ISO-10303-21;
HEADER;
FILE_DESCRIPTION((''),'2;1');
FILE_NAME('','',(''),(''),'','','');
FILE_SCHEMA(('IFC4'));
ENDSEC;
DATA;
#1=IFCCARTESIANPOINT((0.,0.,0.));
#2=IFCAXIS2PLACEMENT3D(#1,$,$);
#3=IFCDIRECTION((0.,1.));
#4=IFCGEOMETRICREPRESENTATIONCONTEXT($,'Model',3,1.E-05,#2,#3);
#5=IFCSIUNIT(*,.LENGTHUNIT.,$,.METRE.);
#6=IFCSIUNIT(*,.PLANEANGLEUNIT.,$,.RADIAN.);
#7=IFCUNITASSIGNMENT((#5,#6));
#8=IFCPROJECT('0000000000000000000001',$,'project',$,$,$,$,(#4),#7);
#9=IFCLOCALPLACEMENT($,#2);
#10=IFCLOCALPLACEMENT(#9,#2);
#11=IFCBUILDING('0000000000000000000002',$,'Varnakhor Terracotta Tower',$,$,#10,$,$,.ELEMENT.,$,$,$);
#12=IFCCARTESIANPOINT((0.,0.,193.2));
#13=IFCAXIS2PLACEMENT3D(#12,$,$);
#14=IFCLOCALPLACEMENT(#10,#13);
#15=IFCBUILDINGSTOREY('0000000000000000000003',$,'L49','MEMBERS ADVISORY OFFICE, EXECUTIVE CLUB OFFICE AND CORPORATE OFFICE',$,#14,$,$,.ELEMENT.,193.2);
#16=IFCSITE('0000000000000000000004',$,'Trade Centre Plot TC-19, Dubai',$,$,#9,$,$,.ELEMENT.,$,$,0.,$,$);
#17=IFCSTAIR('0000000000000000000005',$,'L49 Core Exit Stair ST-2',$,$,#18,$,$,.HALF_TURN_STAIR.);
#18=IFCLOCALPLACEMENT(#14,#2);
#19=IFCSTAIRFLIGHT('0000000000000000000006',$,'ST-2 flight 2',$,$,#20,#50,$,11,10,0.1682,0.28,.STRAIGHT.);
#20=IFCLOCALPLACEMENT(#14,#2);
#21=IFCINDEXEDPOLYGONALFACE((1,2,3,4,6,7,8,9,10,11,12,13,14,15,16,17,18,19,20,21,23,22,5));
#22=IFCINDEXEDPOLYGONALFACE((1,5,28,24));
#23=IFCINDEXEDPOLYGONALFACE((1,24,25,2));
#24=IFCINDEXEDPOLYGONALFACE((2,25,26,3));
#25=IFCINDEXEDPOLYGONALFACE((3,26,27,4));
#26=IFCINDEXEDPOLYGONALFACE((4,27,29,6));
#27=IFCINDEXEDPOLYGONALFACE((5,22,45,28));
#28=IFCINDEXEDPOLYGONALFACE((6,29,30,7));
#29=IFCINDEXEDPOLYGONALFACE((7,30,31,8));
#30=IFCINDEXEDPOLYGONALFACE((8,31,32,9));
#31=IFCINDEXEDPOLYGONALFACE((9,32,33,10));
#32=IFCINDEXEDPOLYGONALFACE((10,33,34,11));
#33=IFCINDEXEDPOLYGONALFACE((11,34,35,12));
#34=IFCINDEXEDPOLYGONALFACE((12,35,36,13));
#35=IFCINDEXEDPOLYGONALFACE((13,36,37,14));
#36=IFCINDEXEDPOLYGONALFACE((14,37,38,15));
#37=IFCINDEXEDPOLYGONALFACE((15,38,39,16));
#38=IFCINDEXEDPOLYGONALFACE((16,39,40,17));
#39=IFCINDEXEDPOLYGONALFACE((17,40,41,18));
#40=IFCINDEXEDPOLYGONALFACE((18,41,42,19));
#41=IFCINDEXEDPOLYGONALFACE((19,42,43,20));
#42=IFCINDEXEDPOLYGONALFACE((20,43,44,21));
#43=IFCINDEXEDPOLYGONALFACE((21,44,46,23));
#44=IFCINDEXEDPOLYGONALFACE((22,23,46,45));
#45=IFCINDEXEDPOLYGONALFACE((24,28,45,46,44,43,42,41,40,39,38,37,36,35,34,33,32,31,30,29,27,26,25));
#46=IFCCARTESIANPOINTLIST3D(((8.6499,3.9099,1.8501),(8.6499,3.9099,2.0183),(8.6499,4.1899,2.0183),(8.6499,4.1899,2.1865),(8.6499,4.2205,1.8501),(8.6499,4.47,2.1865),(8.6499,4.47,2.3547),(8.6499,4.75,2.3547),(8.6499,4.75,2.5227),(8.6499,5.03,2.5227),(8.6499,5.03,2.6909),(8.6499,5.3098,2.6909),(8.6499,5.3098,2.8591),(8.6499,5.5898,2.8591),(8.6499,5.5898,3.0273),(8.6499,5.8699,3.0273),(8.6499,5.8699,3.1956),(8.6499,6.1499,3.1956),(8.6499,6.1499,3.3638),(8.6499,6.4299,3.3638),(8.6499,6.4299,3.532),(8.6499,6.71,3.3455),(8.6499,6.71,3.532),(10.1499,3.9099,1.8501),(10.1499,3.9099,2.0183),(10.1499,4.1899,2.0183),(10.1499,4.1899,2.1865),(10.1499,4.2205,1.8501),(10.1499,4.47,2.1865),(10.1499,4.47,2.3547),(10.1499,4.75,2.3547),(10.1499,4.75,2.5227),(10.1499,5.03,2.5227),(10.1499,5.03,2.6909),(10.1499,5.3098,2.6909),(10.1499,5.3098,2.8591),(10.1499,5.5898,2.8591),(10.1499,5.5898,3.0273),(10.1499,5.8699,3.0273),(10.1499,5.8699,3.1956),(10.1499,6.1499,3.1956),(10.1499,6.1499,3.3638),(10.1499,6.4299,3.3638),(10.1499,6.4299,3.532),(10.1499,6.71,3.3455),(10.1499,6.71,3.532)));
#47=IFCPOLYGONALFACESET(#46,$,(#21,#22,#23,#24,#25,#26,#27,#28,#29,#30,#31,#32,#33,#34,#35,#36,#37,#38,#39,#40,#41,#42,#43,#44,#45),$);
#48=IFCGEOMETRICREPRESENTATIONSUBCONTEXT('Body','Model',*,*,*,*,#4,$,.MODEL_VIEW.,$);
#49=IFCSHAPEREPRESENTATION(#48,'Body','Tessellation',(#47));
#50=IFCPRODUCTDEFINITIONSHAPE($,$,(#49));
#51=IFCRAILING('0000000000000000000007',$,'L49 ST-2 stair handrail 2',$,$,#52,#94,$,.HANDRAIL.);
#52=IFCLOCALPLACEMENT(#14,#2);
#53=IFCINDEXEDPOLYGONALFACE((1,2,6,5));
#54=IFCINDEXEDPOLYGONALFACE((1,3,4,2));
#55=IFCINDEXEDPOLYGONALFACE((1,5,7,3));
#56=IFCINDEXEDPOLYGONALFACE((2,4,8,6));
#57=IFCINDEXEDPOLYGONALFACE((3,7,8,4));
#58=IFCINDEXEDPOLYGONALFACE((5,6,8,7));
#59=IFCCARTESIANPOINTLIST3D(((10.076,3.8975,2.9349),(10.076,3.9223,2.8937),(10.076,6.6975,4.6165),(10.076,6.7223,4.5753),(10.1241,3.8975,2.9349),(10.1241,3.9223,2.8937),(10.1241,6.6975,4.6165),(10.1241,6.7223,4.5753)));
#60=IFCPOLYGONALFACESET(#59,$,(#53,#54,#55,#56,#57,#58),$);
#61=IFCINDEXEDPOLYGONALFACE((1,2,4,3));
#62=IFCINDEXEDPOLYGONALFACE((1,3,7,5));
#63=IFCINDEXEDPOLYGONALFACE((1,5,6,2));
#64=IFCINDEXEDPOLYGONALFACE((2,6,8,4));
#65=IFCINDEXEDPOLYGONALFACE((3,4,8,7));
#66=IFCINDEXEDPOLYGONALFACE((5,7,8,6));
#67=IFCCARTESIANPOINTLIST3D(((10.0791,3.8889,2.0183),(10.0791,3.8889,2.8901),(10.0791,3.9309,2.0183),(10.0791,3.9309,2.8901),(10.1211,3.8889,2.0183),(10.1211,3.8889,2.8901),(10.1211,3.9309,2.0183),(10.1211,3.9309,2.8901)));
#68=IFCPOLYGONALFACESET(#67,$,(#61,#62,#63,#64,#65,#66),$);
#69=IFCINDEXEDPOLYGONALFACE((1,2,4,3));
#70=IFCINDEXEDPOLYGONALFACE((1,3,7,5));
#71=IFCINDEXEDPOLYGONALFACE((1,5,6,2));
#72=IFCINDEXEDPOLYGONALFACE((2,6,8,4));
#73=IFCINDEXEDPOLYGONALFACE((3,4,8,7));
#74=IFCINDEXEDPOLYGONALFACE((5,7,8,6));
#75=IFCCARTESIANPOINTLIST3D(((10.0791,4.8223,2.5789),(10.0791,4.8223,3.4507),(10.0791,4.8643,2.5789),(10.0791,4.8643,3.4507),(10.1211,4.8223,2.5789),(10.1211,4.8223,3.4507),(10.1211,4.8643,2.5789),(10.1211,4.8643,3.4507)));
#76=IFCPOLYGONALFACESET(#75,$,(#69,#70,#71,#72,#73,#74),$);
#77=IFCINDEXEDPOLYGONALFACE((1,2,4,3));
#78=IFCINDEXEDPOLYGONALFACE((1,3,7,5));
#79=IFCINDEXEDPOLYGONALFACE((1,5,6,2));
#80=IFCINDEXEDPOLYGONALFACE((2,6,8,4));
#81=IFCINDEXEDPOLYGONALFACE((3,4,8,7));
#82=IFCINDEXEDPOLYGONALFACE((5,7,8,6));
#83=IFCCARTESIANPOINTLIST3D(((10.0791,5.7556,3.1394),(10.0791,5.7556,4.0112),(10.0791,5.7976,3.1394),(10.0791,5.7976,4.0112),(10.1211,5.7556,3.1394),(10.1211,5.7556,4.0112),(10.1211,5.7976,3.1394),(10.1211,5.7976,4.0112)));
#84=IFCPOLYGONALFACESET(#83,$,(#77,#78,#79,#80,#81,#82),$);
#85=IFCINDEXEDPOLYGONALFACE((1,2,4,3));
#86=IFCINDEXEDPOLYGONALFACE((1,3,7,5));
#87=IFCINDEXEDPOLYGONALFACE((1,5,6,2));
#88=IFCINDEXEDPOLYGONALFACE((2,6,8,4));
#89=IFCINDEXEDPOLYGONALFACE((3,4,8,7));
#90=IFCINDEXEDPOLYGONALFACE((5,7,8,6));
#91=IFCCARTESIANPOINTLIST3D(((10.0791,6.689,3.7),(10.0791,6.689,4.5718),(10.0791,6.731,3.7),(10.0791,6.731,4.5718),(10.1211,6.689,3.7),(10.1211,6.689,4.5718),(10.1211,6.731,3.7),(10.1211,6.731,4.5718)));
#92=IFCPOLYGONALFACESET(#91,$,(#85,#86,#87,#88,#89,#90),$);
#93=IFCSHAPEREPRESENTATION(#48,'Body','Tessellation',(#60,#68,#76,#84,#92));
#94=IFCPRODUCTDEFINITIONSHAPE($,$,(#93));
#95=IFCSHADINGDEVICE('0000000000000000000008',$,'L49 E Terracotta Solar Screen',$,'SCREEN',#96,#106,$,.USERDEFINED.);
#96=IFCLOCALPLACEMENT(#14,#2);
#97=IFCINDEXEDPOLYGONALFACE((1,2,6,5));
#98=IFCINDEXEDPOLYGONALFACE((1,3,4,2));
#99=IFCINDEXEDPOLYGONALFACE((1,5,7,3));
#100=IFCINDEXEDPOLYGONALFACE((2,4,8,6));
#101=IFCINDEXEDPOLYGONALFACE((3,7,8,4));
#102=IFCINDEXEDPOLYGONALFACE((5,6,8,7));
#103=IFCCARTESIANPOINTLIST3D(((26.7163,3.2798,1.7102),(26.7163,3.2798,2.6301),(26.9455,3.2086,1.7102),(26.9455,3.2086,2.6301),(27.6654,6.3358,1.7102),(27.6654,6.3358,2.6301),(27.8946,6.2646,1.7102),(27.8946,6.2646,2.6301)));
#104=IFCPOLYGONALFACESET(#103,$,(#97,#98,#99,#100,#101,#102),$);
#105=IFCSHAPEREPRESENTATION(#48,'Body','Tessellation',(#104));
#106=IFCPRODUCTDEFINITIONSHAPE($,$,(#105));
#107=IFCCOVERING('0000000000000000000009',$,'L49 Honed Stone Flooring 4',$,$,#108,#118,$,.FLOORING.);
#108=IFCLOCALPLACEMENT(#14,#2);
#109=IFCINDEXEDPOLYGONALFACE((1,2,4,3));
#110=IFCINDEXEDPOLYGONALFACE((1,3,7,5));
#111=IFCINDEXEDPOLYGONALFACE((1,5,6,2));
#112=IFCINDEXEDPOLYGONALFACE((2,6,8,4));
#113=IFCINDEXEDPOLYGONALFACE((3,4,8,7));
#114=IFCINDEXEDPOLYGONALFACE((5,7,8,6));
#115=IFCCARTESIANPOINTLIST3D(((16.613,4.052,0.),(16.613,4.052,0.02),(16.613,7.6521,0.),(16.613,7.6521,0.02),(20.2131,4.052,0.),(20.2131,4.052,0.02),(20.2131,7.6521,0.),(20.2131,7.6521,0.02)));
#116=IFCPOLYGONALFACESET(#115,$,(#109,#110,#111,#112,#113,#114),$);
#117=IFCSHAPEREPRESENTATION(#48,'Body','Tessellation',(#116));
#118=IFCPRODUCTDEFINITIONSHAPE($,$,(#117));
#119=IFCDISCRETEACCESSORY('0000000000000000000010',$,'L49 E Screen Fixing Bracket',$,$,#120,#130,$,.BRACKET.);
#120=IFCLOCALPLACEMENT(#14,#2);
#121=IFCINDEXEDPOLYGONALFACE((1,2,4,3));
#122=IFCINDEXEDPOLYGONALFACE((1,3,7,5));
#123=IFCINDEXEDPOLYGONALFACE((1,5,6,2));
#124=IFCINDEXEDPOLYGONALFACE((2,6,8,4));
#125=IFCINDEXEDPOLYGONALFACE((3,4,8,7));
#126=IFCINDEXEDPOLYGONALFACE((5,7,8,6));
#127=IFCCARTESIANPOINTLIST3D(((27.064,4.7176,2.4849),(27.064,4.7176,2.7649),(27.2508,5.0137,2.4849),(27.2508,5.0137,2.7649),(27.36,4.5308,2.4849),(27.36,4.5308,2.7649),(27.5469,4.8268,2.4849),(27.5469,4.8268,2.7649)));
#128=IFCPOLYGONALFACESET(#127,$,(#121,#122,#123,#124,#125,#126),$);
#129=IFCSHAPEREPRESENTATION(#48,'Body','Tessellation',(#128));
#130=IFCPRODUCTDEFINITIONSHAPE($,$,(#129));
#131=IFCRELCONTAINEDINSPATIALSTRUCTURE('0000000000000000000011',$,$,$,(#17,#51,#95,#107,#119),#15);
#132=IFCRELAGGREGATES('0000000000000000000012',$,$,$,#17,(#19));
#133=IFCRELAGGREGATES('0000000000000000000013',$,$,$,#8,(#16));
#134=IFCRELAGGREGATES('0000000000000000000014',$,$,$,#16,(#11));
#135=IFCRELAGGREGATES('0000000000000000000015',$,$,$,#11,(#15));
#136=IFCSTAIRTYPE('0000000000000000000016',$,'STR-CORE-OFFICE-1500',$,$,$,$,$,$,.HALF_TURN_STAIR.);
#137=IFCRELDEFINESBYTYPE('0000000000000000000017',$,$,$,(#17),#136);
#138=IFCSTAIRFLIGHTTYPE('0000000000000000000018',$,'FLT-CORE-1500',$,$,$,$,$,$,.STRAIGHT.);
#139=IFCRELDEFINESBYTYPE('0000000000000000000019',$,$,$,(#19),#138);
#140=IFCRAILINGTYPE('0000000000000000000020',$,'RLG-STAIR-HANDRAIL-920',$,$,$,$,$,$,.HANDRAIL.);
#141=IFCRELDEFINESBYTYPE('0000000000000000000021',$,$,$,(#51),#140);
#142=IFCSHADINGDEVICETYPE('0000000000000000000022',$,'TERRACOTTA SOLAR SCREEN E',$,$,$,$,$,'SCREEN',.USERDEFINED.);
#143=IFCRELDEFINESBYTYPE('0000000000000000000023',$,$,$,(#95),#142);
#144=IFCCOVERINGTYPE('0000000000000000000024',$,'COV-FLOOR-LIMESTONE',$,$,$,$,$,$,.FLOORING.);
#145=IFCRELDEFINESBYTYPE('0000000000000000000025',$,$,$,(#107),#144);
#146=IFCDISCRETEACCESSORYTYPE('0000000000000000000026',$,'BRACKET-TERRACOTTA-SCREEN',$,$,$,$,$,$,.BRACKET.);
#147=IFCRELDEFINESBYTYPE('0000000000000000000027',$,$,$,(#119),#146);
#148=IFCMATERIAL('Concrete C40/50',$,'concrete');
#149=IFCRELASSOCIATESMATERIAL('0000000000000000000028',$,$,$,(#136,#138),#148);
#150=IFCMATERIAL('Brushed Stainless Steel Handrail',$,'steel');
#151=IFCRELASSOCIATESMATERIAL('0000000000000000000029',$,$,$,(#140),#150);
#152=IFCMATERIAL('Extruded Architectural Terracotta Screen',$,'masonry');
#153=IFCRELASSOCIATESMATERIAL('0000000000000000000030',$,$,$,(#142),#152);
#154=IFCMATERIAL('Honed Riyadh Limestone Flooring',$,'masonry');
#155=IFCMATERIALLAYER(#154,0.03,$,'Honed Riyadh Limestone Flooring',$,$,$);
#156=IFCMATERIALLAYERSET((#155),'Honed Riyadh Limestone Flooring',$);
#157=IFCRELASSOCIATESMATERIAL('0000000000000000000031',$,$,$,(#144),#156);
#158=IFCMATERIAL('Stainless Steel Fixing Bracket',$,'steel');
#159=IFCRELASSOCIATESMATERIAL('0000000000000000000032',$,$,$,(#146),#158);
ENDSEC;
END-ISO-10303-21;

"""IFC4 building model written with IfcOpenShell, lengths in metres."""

from ifc_helpers import new_model, si_unit, direction, frame, origin, origin_2d, place, context, subcontext, project, spatial, polyline, rectangle, outline, extrude, source, transform, mapped, material, layer, layer_set, type_object, type_shapes, element, aggregate, save


model = new_model("IFC4")

# Units and contexts
model_context = context("Model", 3, precision=1e-05, world=origin(), true_north=direction((0.0, 1.0)))
body_context = subcontext(model_context, "Body", "Model", "MODEL_VIEW")
ifc_project = project(units=[si_unit("LENGTHUNIT", "METRE"), si_unit("PLANEANGLEUNIT", "RADIAN")], contexts=[model_context])

# Site, building, storey
site_placement = place(None, origin())
site = spatial("IfcSite", under=ifc_project, at=site_placement, Name="Trade Centre Plot TC-19, Dubai", CompositionType="ELEMENT", RefElevation=0.0)
building_placement = place(site_placement, origin())
building = spatial("IfcBuilding", under=site, at=building_placement, Name="Varnakhor Terracotta Tower", CompositionType="ELEMENT")
storey_placement = place(building_placement, frame((0.0, 0.0, 193.2)))
storey = spatial("IfcBuildingStorey", under=building, at=storey_placement, Name="L49", Description="MEMBERS ADVISORY OFFICE, EXECUTIVE CLUB OFFICE AND CORPORATE OFFICE", CompositionType="ELEMENT", Elevation=193.2)

# Stair, stair flight
ifc_material_1 = material(Name="Concrete C40/50", Category="concrete")
stair_type = type_object("IfcStairType", Name="STR-CORE-OFFICE-1500", PredefinedType="HALF_TURN_STAIR", material=ifc_material_1)
stair_placement = place(storey_placement, origin())
stair = element("IfcStair", 1, at=stair_placement, inside=storey, type_object=stair_type, Name="L49 Core Exit Stair ST-2", PredefinedType="HALF_TURN_STAIR")
stair_flight_type = type_object("IfcStairFlightType", Name="FLT-CORE-1500", PredefinedType="STRAIGHT", material=ifc_material_1)
stair_flight_placement = place(storey_placement, frame((9.3999, 3.9099, 1.8501), z_axis=(0.0, 0.0, 1.0), x_axis=(0.0, 1.0, 0.0)))
stair_flight = element("IfcStairFlight", 2, at=stair_flight_placement, type_object=stair_flight_type, Name="ST-2 flight 2", NumberOfRisers=11, NumberOfTreads=10, PredefinedType="STRAIGHT", RiserHeight=0.1682, TreadLength=0.28, context=body_context, shape_type="SweptSolid", body=[
    extrude(outline(polyline([(0.0, 0.0), (0.0, 0.1682), (0.28, 0.1682), (0.28, 0.3364), (0.5601, 0.3364), (0.5601, 0.5046), (0.8401, 0.5046), (0.8401, 0.6726), (1.1201, 0.6726), (1.1201, 0.8408), (1.3999, 0.8408), (1.3999, 1.009), (1.6799, 1.009), (1.6799, 1.1772), (1.96, 1.1772), (1.96, 1.3455), (2.24, 1.3455), (2.24, 1.5137), (2.52, 1.5137), (2.52, 1.6819), (2.8, 1.6819), (2.8, 1.8501), (2.8, 1.4954), (0.3105, 0.0), (0.0, 0.0)])), frame((0.0, 0.75, 0.0), z_axis=(0.0, -1.0, 0.0), x_axis=(1.0, 0.0, 0.0)), (0.0, 0.0, 1.0), 1.5),
])
aggregate(stair, [stair_flight])

# Railing
ifc_material_2 = material(Name="Brushed Stainless Steel Handrail", Category="steel")
railing_type = type_object("IfcRailingType", Name="RLG-STAIR-HANDRAIL-920", PredefinedType="HANDRAIL", material=ifc_material_2)
railing_placement = place(storey_placement, frame((10.1001, 3.9099, 2.0183)))
element("IfcRailing", 3, at=railing_placement, inside=storey, type_object=railing_type, Name="L49 ST-2 stair handrail 2", PredefinedType="HANDRAIL", context=body_context, shape_type="SweptSolid", body=[
    extrude(rectangle(XDim=0.0481, YDim=0.0481, at=origin_2d()), frame((0.0, 0.0, 0.896), z_axis=(0.0, 0.857275, 0.514858), x_axis=(-1.0, 0.0, 0.0)), (0.0, 0.0, 1.0), 3.2661),
    extrude(rectangle(XDim=0.042, YDim=0.042, at=origin_2d()), origin(), (0.0, 0.0, 1.0), 0.8718),
    extrude(rectangle(XDim=0.042, YDim=0.042, at=origin_2d()), frame((0.0, 0.9333, 0.5605)), (0.0, 0.0, 1.0), 0.8718),
    extrude(rectangle(XDim=0.042, YDim=0.042, at=origin_2d()), frame((0.0, 1.8667, 1.1211)), (0.0, 0.0, 1.0), 0.8718),
    extrude(rectangle(XDim=0.042, YDim=0.042, at=origin_2d()), frame((0.0, 2.8, 1.6816)), (0.0, 0.0, 1.0), 0.8718),
])

# Shading device
ifc_material_3 = material(Name="Extruded Architectural Terracotta Screen", Category="masonry")
shading_device_type = type_object("IfcShadingDeviceType", Name="TERRACOTTA SOLAR SCREEN E", ElementType="SCREEN", PredefinedType="USERDEFINED", material=ifc_material_3)
shared_shape_1 = source(origin(), body_context, "Body", "SweptSolid", [
    extrude(rectangle(XDim=3.2, YDim=0.24, at=origin_2d()), origin(), (0.0, 0.0, 1.0), 0.9199),
])
type_shapes(shading_device_type, [shared_shape_1])
shading_device_placement = place(storey_placement, frame((27.3054, 4.7722, 1.7102), z_axis=(0.0, 0.0, 1.0), x_axis=(0.296592, 0.955004, 0.0)))
element("IfcShadingDevice", 4, at=shading_device_placement, inside=storey, type_object=shading_device_type, Name="L49 E Terracotta Solar Screen", ObjectType="SCREEN", PredefinedType="USERDEFINED", context=body_context, shape_type="MappedRepresentation", body=[
    mapped(shared_shape_1, transform((0.0, 0.0, 0.0), scale=1.0)),
])

# Covering
ifc_material_4 = material(Name="Honed Riyadh Limestone Flooring", Category="masonry")
ifc_layer_1 = layer(ifc_material_4, 0.03, Name="Honed Riyadh Limestone Flooring")
ifc_layer_set_1 = layer_set([ifc_layer_1], Name="Honed Riyadh Limestone Flooring")
covering_type = type_object("IfcCoveringType", Name="COV-FLOOR-LIMESTONE", PredefinedType="FLOORING", material=ifc_layer_set_1)
shared_shape_2 = source(origin(), body_context, "Body", "SweptSolid", [
    extrude(rectangle(XDim=3.6001, YDim=3.6001, at=origin_2d()), origin(), (0.0, 0.0, 1.0), 0.02),
])
covering_placement = place(storey_placement, frame((18.4131, 5.8521, 0.0), z_axis=(0.0, 0.0, 1.0), x_axis=(1.0, 0.0, 0.0)))
element("IfcCovering", 5, at=covering_placement, inside=storey, type_object=covering_type, Name="L49 Honed Stone Flooring 4", PredefinedType="FLOORING", context=body_context, shape_type="MappedRepresentation", body=[
    mapped(shared_shape_2, transform((0.0, 0.0, 0.0), scale=1.0)),
])

# Discrete accessory
ifc_material_5 = material(Name="Stainless Steel Fixing Bracket", Category="steel")
discrete_accessory_type = type_object("IfcDiscreteAccessoryType", Name="BRACKET-TERRACOTTA-SCREEN", PredefinedType="BRACKET", material=ifc_material_5)
shared_shape_3 = source(origin(), body_context, "Body", "SweptSolid", [
    extrude(rectangle(XDim=0.3501, YDim=0.3501, at=origin_2d()), origin(), (0.0, 0.0, 1.0), 0.28),
])
type_shapes(discrete_accessory_type, [shared_shape_3])
discrete_accessory_placement = place(storey_placement, frame((27.3054, 4.7722, 2.4849), z_axis=(0.0, 0.0, 1.0), x_axis=(0.533659, 0.8457, 0.0)))
element("IfcDiscreteAccessory", 6, at=discrete_accessory_placement, inside=storey, type_object=discrete_accessory_type, Name="L49 E Screen Fixing Bracket", PredefinedType="BRACKET", context=body_context, shape_type="MappedRepresentation", body=[
    mapped(shared_shape_3, transform((0.0, 0.0, 0.0), scale=1.0)),
])

save(model, "model.ifc")
